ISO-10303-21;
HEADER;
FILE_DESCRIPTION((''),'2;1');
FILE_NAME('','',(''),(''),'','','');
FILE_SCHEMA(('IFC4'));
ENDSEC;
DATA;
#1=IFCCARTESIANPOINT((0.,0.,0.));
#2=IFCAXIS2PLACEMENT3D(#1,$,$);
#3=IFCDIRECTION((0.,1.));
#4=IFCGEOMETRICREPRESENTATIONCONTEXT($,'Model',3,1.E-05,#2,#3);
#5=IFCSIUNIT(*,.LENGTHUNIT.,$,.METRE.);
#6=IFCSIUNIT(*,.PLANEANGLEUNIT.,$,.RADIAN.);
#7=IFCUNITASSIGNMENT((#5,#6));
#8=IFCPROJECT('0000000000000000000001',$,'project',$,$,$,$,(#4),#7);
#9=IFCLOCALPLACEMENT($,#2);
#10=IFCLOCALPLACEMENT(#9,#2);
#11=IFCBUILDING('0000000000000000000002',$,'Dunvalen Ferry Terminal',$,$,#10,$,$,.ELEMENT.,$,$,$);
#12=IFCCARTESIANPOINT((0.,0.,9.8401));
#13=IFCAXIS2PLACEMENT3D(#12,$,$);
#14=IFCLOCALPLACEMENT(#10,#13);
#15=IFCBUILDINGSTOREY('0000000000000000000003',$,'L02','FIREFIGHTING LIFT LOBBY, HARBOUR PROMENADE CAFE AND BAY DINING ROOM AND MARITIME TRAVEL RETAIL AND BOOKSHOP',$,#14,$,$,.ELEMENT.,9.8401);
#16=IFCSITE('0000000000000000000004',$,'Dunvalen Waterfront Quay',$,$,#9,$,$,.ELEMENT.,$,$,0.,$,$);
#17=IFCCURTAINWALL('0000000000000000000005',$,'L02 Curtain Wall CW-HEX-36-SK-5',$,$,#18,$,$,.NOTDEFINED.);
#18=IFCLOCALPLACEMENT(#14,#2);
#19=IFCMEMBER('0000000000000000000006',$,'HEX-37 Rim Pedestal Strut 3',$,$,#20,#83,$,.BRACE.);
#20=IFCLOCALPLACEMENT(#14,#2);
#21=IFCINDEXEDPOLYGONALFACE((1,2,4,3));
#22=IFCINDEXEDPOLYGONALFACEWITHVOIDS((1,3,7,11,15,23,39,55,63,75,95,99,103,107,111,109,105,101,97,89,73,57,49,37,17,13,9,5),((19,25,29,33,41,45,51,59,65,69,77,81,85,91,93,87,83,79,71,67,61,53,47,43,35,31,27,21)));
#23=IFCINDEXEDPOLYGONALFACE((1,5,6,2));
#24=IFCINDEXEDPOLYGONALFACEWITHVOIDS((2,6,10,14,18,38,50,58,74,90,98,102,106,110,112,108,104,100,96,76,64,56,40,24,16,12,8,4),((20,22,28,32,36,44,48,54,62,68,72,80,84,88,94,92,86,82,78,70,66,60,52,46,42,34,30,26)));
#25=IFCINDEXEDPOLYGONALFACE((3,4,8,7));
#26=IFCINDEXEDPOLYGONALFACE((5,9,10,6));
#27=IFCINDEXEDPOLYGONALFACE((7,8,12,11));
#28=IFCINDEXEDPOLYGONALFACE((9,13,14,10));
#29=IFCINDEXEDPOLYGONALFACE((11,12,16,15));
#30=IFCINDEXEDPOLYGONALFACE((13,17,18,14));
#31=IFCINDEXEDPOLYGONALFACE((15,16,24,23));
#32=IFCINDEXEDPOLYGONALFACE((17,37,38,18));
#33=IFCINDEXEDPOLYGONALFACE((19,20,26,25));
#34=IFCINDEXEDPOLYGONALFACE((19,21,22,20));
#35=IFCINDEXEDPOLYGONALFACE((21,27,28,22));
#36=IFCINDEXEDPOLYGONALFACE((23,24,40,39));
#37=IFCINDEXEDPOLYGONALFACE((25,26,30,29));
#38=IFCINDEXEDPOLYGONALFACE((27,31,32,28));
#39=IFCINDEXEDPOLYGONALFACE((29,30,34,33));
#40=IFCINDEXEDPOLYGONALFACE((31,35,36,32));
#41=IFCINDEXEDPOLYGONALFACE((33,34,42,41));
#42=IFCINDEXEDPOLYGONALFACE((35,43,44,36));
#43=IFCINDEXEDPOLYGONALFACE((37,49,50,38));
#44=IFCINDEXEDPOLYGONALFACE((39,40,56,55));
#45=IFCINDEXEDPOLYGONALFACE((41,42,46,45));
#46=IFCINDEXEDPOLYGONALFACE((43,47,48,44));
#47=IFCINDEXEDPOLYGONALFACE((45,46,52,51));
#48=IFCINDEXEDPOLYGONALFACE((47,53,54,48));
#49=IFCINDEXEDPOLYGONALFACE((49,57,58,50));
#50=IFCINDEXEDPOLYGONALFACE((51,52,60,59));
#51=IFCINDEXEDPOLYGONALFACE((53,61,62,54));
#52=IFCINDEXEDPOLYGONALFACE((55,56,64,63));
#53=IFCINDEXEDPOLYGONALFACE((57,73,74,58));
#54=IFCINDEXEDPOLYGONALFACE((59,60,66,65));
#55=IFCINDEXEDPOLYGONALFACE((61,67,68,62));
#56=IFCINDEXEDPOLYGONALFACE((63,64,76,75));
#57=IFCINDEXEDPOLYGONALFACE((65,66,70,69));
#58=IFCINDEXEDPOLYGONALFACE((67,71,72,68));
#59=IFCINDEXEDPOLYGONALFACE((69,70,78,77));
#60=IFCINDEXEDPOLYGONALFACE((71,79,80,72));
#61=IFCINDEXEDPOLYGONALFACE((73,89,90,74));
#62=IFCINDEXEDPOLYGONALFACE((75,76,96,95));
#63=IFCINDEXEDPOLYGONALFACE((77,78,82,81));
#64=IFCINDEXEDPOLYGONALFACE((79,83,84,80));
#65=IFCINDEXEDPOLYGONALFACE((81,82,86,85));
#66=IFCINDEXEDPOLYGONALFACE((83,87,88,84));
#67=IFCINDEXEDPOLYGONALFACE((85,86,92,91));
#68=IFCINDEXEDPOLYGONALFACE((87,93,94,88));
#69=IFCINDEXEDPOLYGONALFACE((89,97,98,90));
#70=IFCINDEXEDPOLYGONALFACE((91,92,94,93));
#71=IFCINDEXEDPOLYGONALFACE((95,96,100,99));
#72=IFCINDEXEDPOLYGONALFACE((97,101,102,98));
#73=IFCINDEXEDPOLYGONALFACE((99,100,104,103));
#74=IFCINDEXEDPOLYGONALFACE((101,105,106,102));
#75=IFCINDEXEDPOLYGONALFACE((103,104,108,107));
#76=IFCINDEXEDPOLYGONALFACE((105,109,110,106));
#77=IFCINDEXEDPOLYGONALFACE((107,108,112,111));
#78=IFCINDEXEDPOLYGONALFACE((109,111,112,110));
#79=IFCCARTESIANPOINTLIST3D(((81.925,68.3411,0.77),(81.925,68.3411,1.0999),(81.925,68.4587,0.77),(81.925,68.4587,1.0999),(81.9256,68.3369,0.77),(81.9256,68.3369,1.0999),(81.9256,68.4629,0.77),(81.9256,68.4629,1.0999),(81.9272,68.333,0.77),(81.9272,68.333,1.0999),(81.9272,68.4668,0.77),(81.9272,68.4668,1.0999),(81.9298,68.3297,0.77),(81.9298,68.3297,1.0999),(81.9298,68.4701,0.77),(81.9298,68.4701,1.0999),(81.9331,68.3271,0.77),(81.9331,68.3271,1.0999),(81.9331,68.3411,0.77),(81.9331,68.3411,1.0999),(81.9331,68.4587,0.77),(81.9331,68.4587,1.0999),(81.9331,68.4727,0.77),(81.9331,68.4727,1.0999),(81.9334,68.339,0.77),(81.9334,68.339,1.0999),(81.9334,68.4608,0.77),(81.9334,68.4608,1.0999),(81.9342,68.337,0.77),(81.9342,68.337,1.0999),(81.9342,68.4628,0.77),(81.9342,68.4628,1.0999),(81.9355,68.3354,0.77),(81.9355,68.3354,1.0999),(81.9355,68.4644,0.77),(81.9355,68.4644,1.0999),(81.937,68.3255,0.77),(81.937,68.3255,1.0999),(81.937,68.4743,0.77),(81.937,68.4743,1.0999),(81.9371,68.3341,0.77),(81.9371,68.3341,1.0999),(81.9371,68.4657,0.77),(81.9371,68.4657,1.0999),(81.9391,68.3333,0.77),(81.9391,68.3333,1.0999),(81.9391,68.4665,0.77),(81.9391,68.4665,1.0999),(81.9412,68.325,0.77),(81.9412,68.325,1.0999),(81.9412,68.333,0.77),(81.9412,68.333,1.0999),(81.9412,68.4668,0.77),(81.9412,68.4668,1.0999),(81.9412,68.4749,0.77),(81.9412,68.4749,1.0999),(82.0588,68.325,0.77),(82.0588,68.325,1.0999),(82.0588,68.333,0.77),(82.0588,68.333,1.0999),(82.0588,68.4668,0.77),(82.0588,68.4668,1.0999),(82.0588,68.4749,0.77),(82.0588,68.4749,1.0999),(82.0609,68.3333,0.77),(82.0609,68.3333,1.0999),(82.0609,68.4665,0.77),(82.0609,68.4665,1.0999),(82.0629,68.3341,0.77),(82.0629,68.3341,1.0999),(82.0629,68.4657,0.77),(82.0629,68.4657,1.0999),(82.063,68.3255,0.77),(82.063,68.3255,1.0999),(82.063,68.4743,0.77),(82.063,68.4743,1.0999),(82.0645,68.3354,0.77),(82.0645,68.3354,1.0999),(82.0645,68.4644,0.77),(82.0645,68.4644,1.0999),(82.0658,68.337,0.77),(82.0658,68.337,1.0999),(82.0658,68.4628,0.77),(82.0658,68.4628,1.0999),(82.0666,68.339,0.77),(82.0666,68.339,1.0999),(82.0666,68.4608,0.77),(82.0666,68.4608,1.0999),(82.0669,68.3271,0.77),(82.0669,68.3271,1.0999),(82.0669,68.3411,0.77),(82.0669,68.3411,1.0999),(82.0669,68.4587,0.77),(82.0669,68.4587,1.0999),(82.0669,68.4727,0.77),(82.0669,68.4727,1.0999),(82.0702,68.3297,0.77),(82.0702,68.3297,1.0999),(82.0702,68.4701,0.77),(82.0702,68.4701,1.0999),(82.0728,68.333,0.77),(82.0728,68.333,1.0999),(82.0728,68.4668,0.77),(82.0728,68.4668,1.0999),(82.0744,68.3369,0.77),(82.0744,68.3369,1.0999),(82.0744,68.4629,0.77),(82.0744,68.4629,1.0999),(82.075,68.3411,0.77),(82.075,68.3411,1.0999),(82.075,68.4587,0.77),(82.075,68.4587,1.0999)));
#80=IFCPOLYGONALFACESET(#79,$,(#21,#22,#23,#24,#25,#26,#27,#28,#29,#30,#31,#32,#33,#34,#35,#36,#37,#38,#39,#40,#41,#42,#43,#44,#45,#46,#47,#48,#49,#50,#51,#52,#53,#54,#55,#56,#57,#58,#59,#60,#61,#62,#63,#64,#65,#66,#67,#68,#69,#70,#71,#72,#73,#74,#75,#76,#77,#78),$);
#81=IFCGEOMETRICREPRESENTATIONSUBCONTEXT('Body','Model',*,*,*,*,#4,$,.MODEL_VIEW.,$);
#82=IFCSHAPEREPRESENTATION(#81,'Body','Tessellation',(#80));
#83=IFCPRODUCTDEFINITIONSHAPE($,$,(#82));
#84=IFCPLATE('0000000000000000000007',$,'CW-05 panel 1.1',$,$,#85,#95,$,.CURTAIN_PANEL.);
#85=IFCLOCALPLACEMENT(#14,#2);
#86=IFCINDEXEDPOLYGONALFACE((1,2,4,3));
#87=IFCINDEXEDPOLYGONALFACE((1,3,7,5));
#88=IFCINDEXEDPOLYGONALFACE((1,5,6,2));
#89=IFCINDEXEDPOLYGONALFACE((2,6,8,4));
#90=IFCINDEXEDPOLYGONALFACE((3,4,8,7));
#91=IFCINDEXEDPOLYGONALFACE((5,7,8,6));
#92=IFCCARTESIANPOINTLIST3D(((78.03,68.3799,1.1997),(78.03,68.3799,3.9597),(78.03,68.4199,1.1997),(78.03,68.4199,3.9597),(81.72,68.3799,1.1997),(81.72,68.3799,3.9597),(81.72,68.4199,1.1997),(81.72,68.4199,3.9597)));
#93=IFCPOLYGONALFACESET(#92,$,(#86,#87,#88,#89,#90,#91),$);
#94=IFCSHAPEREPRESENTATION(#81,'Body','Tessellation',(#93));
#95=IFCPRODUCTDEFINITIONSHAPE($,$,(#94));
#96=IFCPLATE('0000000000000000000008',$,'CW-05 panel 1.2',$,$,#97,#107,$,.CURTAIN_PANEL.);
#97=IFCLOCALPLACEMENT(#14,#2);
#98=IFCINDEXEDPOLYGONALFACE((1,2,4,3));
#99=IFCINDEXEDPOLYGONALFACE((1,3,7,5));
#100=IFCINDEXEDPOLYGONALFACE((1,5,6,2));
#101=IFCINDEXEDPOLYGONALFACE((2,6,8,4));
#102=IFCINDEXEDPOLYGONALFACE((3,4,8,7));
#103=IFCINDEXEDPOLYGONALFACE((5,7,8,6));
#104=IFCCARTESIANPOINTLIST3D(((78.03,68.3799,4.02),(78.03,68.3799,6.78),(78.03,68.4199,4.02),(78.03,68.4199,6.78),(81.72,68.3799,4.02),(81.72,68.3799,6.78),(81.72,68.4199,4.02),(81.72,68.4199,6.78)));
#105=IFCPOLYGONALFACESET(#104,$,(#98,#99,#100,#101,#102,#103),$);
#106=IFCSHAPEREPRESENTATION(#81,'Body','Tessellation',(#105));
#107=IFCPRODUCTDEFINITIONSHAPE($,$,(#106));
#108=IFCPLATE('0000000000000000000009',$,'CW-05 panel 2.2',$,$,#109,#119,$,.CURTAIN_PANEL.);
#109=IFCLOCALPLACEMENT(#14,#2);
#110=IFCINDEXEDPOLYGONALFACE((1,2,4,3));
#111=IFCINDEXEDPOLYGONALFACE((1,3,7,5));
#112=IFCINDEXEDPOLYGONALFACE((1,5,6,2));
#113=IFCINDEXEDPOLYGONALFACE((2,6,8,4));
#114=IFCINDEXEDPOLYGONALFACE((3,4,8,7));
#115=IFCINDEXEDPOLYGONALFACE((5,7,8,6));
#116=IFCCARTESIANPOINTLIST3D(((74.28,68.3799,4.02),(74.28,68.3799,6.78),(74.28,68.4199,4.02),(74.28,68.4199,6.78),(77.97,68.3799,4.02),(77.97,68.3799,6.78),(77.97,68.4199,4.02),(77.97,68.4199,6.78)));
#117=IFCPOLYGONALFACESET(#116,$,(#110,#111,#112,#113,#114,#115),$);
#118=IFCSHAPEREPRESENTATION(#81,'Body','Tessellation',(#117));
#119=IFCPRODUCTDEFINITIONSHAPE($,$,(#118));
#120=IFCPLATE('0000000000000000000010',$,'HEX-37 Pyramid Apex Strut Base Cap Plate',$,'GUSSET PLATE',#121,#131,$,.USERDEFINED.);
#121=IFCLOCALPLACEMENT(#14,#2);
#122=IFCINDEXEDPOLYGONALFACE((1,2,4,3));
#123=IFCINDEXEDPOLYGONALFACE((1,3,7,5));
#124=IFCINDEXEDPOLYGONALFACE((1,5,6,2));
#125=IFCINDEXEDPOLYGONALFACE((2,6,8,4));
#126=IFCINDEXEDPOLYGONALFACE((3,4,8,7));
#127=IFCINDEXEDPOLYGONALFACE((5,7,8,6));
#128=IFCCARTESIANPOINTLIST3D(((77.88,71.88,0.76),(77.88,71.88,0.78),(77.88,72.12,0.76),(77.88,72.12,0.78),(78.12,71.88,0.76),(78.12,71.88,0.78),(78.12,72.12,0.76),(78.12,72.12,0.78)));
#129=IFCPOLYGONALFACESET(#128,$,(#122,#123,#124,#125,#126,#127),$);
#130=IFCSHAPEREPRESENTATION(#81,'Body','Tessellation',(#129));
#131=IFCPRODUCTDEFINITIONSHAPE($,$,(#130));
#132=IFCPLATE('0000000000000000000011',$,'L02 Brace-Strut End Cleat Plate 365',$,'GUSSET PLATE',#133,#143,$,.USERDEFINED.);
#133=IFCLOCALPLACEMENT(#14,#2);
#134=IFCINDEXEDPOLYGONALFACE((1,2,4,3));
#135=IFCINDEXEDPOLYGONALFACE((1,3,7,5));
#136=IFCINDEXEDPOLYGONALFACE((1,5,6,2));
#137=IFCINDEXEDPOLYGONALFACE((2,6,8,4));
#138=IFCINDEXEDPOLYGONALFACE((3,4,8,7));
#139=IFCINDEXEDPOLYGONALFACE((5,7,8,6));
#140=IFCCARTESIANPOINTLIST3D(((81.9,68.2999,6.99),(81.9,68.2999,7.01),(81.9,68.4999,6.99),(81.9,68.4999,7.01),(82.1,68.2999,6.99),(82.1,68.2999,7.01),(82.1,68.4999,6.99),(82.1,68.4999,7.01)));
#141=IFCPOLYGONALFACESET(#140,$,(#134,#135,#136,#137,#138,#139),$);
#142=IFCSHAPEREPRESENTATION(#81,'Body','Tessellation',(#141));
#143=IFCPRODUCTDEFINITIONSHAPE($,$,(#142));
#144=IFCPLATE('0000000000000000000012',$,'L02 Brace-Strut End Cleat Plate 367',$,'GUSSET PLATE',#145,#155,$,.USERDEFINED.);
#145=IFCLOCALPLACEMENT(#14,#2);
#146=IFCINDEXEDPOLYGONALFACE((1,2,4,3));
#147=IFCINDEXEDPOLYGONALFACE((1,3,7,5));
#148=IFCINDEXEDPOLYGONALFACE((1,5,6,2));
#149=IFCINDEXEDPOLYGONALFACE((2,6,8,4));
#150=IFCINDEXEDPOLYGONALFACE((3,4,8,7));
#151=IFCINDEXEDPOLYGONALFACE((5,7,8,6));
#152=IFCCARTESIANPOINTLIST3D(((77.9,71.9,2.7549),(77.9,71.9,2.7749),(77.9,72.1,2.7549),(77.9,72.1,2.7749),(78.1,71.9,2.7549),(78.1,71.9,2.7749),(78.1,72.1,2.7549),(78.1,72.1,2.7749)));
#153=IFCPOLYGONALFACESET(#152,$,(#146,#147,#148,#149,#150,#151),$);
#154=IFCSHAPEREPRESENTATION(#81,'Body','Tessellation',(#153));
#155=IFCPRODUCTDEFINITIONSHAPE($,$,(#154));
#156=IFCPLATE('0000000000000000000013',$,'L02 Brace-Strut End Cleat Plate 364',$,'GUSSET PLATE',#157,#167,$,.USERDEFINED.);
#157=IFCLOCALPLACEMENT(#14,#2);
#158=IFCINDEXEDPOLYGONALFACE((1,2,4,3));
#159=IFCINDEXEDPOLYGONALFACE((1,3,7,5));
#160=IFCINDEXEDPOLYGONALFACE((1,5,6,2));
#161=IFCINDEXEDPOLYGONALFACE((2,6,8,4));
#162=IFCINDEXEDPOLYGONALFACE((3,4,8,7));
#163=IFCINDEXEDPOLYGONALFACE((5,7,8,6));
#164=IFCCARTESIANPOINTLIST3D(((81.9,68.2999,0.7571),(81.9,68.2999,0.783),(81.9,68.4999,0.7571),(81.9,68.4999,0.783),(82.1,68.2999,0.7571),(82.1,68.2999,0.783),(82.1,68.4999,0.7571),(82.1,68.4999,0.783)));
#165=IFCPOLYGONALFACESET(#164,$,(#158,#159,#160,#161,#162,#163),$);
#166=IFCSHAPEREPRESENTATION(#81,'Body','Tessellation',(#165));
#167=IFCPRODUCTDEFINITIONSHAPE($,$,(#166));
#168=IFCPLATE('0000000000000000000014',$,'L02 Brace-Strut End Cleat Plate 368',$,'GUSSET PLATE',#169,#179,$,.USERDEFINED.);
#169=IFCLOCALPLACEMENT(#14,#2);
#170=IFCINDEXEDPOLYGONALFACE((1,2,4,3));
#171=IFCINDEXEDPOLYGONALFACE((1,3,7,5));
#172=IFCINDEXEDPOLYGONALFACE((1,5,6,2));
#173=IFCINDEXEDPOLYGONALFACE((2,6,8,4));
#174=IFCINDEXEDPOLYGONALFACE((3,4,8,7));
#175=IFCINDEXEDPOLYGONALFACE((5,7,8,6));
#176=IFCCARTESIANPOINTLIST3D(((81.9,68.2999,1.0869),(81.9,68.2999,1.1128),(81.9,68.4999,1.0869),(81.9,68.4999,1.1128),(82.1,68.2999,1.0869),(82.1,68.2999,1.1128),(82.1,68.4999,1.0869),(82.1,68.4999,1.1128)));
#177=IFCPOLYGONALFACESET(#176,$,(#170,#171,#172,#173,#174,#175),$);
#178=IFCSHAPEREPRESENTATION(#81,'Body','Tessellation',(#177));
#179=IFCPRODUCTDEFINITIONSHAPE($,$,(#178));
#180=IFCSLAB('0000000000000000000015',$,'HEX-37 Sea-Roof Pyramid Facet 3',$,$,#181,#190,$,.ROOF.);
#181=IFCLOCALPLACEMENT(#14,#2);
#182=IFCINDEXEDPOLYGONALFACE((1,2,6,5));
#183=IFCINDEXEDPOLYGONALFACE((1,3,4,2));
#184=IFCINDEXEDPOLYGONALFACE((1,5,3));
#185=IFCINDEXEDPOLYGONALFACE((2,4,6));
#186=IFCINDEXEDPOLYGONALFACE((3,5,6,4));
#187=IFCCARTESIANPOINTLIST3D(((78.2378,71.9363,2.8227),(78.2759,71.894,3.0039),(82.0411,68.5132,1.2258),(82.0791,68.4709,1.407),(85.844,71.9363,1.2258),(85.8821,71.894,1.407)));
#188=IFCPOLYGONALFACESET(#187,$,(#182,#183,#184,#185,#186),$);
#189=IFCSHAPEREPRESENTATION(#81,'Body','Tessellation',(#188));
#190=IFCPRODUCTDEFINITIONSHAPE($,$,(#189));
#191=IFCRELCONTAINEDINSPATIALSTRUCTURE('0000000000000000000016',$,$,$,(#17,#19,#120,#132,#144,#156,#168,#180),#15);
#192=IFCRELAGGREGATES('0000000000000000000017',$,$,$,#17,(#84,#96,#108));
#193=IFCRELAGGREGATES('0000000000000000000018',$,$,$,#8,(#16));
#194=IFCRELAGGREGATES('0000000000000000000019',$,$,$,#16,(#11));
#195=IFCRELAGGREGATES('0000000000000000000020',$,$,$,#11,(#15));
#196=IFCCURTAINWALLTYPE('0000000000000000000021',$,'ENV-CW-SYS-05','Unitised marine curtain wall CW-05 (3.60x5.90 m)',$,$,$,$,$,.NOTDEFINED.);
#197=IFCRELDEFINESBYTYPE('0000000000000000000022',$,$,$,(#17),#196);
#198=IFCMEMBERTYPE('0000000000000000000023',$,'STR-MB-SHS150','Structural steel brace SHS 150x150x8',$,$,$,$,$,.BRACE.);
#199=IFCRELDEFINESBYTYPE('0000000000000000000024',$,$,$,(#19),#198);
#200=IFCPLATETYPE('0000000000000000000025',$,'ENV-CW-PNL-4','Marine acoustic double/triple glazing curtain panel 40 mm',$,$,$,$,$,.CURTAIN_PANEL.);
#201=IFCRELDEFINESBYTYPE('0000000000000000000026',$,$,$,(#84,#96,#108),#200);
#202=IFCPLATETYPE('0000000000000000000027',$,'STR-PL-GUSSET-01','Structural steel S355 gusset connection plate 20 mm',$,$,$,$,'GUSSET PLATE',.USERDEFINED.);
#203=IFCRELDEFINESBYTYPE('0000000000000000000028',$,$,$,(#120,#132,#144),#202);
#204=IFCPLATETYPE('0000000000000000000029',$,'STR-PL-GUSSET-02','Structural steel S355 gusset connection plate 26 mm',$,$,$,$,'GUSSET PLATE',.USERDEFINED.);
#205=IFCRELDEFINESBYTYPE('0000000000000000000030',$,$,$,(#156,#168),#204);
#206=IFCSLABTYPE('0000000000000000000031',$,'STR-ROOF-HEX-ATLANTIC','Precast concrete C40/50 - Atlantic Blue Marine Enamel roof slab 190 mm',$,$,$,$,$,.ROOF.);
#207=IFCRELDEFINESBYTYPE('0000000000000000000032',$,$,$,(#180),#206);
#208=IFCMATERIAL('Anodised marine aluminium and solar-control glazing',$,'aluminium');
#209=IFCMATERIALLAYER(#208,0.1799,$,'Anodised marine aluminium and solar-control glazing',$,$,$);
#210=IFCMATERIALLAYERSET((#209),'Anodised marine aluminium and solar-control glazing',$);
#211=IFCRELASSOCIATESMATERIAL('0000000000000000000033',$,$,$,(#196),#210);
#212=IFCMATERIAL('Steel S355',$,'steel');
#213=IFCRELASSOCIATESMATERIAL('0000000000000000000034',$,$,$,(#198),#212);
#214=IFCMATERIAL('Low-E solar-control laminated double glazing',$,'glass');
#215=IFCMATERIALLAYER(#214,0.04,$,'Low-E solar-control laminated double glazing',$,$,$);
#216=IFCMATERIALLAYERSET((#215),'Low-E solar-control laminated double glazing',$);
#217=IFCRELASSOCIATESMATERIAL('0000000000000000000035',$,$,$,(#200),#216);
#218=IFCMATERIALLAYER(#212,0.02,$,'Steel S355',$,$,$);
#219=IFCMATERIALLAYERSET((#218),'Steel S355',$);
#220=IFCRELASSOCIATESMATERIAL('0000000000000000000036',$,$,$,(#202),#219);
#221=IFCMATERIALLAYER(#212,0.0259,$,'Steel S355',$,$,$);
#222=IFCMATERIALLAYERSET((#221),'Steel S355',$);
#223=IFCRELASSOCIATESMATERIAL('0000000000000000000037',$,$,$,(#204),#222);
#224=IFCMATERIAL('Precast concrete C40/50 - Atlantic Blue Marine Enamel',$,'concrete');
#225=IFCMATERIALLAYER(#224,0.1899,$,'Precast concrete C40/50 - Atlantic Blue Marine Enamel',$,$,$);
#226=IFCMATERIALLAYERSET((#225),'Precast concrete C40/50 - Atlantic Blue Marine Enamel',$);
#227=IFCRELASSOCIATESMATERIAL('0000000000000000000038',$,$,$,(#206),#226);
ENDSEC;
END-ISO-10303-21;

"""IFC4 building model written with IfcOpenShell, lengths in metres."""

from ifc_helpers import new_model, si_unit, direction, frame, origin, origin_2d, place, context, subcontext, project, spatial, polyline, rectangle, hollow_rectangle, outline, extrude, material, layer, layer_set, material_profile, profile_set, type_object, element, aggregate, save


model = new_model("IFC4")

# Units and contexts
model_context = context("Model", 3, precision=1e-05, world=origin(), true_north=direction((0.0, 1.0)))
body_context = subcontext(model_context, "Body", "Model", "MODEL_VIEW")
ifc_project = project(units=[si_unit("LENGTHUNIT", "METRE"), si_unit("PLANEANGLEUNIT", "RADIAN")], contexts=[model_context])

# Site, building, storey
site_placement = place(None, origin())
site = spatial("IfcSite", under=ifc_project, at=site_placement, Name="Dunvalen Waterfront Quay", CompositionType="ELEMENT", RefElevation=0.0)
building_placement = place(site_placement, origin())
building = spatial("IfcBuilding", under=site, at=building_placement, Name="Dunvalen Ferry Terminal", CompositionType="ELEMENT")
storey_placement = place(building_placement, frame((0.0, 0.0, 9.8401)))
storey = spatial("IfcBuildingStorey", under=building, at=storey_placement, Name="L02", Description="FIREFIGHTING LIFT LOBBY, HARBOUR PROMENADE CAFE AND BAY DINING ROOM AND MARITIME TRAVEL RETAIL AND BOOKSHOP", CompositionType="ELEMENT", Elevation=9.8401)

# Curtain wall
ifc_material_1 = material(Name="Anodised marine aluminium and solar-control glazing", Category="aluminium")
ifc_layer_1 = layer(ifc_material_1, 0.1799, Name="Anodised marine aluminium and solar-control glazing")
ifc_layer_set_1 = layer_set([ifc_layer_1], Name="Anodised marine aluminium and solar-control glazing")
curtain_wall_type = type_object("IfcCurtainWallType", Name="ENV-CW-SYS-05", Description="Unitised marine curtain wall CW-05 (3.60x5.90 m)", PredefinedType="NOTDEFINED", material=ifc_layer_set_1)
curtain_wall_placement = place(storey_placement, origin())
curtain_wall = element("IfcCurtainWall", 1, at=curtain_wall_placement, inside=storey, type_object=curtain_wall_type, Name="L02 Curtain Wall CW-HEX-36-SK-5", PredefinedType="NOTDEFINED")

# Shared definitions
ifc_material_2 = material(Name="Steel S355", Category="steel")

# Member
ifc_material_profile_1 = material_profile(ifc_material_2, hollow_rectangle(XDim=0.1499, YDim=0.1499, WallThickness=0.0081, InnerFilletRadius=0.0081, OuterFilletRadius=0.0161, at=origin_2d()), Name="Steel S355")
ifc_profile_set_1 = profile_set([ifc_material_profile_1], Name="Steel S355")
member_type_1 = type_object("IfcMemberType", Name="STR-MB-SHS150", Description="Structural steel brace SHS 150x150x8", PredefinedType="BRACE", material=ifc_profile_set_1)
member_1_placement = place(storey_placement, frame((82.0, 68.3999, 0.77), z_axis=(0.0, 0.0, 1.0), x_axis=(1.0, 0.0, 0.0)))
element("IfcMember", 2, at=member_1_placement, inside=storey, type_object=member_type_1, Name="HEX-37 Rim Pedestal Strut 3", PredefinedType="BRACE", context=body_context, shape_type="SweptSolid", body=[
    extrude(hollow_rectangle(XDim=0.1499, YDim=0.1499, WallThickness=0.0081, InnerFilletRadius=0.0081, OuterFilletRadius=0.0161, at=origin_2d()), origin(), (0.0, 0.0, 1.0), 0.3298),
])

# Plates
ifc_material_3 = material(Name="Low-E solar-control laminated double glazing", Category="glass")
ifc_layer_2 = layer(ifc_material_3, 0.04, Name="Low-E solar-control laminated double glazing")
ifc_layer_set_2 = layer_set([ifc_layer_2], Name="Low-E solar-control laminated double glazing")
plate_type_1 = type_object("IfcPlateType", Name="ENV-CW-PNL-4", Description="Marine acoustic double/triple glazing curtain panel 40 mm", PredefinedType="CURTAIN_PANEL", material=ifc_layer_set_2)
plate_1_placement = place(storey_placement, frame((79.875, 68.3999, 1.1997), z_axis=(0.0, 0.0, 1.0), x_axis=(-1.0, 0.0, 0.0)))
plate_1 = element("IfcPlate", 3, at=plate_1_placement, type_object=plate_type_1, Name="CW-05 panel 1.1", PredefinedType="CURTAIN_PANEL", context=body_context, shape_type="SweptSolid", body=[
    extrude(rectangle(XDim=3.6899, YDim=0.04, at=origin_2d()), origin(), (0.0, 0.0, 1.0), 2.76),
])
plate_2_placement = place(storey_placement, frame((79.875, 68.3999, 4.02), z_axis=(0.0, 0.0, 1.0), x_axis=(-1.0, 0.0, 0.0)))
plate_2 = element("IfcPlate", 4, at=plate_2_placement, type_object=plate_type_1, Name="CW-05 panel 1.2", PredefinedType="CURTAIN_PANEL", context=body_context, shape_type="SweptSolid", body=[
    extrude(rectangle(XDim=3.6899, YDim=0.04, at=origin_2d()), origin(), (0.0, 0.0, 1.0), 2.76),
])
plate_3_placement = place(storey_placement, frame((76.125, 68.3999, 4.02), z_axis=(0.0, 0.0, 1.0), x_axis=(-1.0, 0.0, 0.0)))
plate_3 = element("IfcPlate", 5, at=plate_3_placement, type_object=plate_type_1, Name="CW-05 panel 2.2", PredefinedType="CURTAIN_PANEL", context=body_context, shape_type="SweptSolid", body=[
    extrude(rectangle(XDim=3.6899, YDim=0.04, at=origin_2d()), origin(), (0.0, 0.0, 1.0), 2.76),
])
aggregate(curtain_wall, [plate_1, plate_2, plate_3])

# Plates
ifc_layer_3 = layer(ifc_material_2, 0.02, Name="Steel S355")
ifc_layer_set_3 = layer_set([ifc_layer_3], Name="Steel S355")
plate_type_2 = type_object("IfcPlateType", Name="STR-PL-GUSSET-01", Description="Structural steel S355 gusset connection plate 20 mm", ElementType="GUSSET PLATE", PredefinedType="USERDEFINED", material=ifc_layer_set_3)
plate_4_placement = place(storey_placement, frame((78.0, 72.0, 0.76), z_axis=(0.0, 0.0, 1.0), x_axis=(1.0, 0.0, 0.0)))
element("IfcPlate", 6, at=plate_4_placement, inside=storey, type_object=plate_type_2, Name="HEX-37 Pyramid Apex Strut Base Cap Plate", ObjectType="GUSSET PLATE", PredefinedType="USERDEFINED", context=body_context, shape_type="SweptSolid", body=[
    extrude(rectangle(XDim=0.24, YDim=0.24, at=origin_2d()), origin(), (0.0, 0.0, 1.0), 0.02),
])
for number, where, z_axis, x_axis, name in (
    (7, (82.0, 68.3999, 6.99), (0.0, 0.0, 1.0), (1.0, 0.0, 0.0), "L02 Brace-Strut End Cleat Plate 365"),
    (8, (78.0, 72.0, 2.7549), (0.0, 0.0, 1.0), (1.0, 0.0, 0.0), "L02 Brace-Strut End Cleat Plate 367"),
):
    element("IfcPlate", number, at=place(storey_placement, frame(where, z_axis=z_axis, x_axis=x_axis)), inside=storey, type_object=plate_type_2, Name=name, ObjectType="GUSSET PLATE", PredefinedType="USERDEFINED", context=body_context, shape_type="SweptSolid", body=[
        extrude(rectangle(XDim=0.2, YDim=0.2, at=origin_2d()), origin(), (0.0, 0.0, 1.0), 0.02),
    ])
ifc_layer_4 = layer(ifc_material_2, 0.0259, Name="Steel S355")
ifc_layer_set_4 = layer_set([ifc_layer_4], Name="Steel S355")
plate_type_3 = type_object("IfcPlateType", Name="STR-PL-GUSSET-02", Description="Structural steel S355 gusset connection plate 26 mm", ElementType="GUSSET PLATE", PredefinedType="USERDEFINED", material=ifc_layer_set_4)
for number, where, z_axis, x_axis, name in (
    (9, (82.0, 68.3999, 0.7571), (0.0, 0.0, 1.0), (1.0, 0.0, 0.0), "L02 Brace-Strut End Cleat Plate 364"),
    (10, (82.0, 68.3999, 1.0869), (0.0, 0.0, 1.0), (1.0, 0.0, 0.0), "L02 Brace-Strut End Cleat Plate 368"),
):
    element("IfcPlate", number, at=place(storey_placement, frame(where, z_axis=z_axis, x_axis=x_axis)), inside=storey, type_object=plate_type_3, Name=name, ObjectType="GUSSET PLATE", PredefinedType="USERDEFINED", context=body_context, shape_type="SweptSolid", body=[
        extrude(rectangle(XDim=0.2, YDim=0.2, at=origin_2d()), origin(), (0.0, 0.0, 1.0), 0.0259),
    ])

# Slab
ifc_material_4 = material(Name="Precast concrete C40/50 - Atlantic Blue Marine Enamel", Category="concrete")
ifc_layer_5 = layer(ifc_material_4, 0.1899, Name="Precast concrete C40/50 - Atlantic Blue Marine Enamel")
ifc_layer_set_5 = layer_set([ifc_layer_5], Name="Precast concrete C40/50 - Atlantic Blue Marine Enamel")
slab_type = type_object("IfcSlabType", Name="STR-ROOF-HEX-ATLANTIC", Description="Precast concrete C40/50 - Atlantic Blue Marine Enamel roof slab 190 mm", PredefinedType="ROOF", material=ifc_layer_set_5)
slab_placement = place(storey_placement, frame((82.0791, 68.4709, 1.407), z_axis=(0.200318, -0.222548, 0.95412), x_axis=(0.743254, 0.66901, 0.0)))
element("IfcSlab", 11, at=slab_placement, inside=storey, type_object=slab_type, Name="HEX-37 Sea-Roof Pyramid Facet 3", PredefinedType="ROOF", context=body_context, shape_type="SweptSolid", body=[
    extrude(outline(polyline([(0.0, 0.0), (5.1167, 0.0), (-0.5367, 5.3333), (0.0, 0.0)])), origin(), (0.0, 0.0, -1.0), 0.1899),
])

save(model, "model.ifc")
